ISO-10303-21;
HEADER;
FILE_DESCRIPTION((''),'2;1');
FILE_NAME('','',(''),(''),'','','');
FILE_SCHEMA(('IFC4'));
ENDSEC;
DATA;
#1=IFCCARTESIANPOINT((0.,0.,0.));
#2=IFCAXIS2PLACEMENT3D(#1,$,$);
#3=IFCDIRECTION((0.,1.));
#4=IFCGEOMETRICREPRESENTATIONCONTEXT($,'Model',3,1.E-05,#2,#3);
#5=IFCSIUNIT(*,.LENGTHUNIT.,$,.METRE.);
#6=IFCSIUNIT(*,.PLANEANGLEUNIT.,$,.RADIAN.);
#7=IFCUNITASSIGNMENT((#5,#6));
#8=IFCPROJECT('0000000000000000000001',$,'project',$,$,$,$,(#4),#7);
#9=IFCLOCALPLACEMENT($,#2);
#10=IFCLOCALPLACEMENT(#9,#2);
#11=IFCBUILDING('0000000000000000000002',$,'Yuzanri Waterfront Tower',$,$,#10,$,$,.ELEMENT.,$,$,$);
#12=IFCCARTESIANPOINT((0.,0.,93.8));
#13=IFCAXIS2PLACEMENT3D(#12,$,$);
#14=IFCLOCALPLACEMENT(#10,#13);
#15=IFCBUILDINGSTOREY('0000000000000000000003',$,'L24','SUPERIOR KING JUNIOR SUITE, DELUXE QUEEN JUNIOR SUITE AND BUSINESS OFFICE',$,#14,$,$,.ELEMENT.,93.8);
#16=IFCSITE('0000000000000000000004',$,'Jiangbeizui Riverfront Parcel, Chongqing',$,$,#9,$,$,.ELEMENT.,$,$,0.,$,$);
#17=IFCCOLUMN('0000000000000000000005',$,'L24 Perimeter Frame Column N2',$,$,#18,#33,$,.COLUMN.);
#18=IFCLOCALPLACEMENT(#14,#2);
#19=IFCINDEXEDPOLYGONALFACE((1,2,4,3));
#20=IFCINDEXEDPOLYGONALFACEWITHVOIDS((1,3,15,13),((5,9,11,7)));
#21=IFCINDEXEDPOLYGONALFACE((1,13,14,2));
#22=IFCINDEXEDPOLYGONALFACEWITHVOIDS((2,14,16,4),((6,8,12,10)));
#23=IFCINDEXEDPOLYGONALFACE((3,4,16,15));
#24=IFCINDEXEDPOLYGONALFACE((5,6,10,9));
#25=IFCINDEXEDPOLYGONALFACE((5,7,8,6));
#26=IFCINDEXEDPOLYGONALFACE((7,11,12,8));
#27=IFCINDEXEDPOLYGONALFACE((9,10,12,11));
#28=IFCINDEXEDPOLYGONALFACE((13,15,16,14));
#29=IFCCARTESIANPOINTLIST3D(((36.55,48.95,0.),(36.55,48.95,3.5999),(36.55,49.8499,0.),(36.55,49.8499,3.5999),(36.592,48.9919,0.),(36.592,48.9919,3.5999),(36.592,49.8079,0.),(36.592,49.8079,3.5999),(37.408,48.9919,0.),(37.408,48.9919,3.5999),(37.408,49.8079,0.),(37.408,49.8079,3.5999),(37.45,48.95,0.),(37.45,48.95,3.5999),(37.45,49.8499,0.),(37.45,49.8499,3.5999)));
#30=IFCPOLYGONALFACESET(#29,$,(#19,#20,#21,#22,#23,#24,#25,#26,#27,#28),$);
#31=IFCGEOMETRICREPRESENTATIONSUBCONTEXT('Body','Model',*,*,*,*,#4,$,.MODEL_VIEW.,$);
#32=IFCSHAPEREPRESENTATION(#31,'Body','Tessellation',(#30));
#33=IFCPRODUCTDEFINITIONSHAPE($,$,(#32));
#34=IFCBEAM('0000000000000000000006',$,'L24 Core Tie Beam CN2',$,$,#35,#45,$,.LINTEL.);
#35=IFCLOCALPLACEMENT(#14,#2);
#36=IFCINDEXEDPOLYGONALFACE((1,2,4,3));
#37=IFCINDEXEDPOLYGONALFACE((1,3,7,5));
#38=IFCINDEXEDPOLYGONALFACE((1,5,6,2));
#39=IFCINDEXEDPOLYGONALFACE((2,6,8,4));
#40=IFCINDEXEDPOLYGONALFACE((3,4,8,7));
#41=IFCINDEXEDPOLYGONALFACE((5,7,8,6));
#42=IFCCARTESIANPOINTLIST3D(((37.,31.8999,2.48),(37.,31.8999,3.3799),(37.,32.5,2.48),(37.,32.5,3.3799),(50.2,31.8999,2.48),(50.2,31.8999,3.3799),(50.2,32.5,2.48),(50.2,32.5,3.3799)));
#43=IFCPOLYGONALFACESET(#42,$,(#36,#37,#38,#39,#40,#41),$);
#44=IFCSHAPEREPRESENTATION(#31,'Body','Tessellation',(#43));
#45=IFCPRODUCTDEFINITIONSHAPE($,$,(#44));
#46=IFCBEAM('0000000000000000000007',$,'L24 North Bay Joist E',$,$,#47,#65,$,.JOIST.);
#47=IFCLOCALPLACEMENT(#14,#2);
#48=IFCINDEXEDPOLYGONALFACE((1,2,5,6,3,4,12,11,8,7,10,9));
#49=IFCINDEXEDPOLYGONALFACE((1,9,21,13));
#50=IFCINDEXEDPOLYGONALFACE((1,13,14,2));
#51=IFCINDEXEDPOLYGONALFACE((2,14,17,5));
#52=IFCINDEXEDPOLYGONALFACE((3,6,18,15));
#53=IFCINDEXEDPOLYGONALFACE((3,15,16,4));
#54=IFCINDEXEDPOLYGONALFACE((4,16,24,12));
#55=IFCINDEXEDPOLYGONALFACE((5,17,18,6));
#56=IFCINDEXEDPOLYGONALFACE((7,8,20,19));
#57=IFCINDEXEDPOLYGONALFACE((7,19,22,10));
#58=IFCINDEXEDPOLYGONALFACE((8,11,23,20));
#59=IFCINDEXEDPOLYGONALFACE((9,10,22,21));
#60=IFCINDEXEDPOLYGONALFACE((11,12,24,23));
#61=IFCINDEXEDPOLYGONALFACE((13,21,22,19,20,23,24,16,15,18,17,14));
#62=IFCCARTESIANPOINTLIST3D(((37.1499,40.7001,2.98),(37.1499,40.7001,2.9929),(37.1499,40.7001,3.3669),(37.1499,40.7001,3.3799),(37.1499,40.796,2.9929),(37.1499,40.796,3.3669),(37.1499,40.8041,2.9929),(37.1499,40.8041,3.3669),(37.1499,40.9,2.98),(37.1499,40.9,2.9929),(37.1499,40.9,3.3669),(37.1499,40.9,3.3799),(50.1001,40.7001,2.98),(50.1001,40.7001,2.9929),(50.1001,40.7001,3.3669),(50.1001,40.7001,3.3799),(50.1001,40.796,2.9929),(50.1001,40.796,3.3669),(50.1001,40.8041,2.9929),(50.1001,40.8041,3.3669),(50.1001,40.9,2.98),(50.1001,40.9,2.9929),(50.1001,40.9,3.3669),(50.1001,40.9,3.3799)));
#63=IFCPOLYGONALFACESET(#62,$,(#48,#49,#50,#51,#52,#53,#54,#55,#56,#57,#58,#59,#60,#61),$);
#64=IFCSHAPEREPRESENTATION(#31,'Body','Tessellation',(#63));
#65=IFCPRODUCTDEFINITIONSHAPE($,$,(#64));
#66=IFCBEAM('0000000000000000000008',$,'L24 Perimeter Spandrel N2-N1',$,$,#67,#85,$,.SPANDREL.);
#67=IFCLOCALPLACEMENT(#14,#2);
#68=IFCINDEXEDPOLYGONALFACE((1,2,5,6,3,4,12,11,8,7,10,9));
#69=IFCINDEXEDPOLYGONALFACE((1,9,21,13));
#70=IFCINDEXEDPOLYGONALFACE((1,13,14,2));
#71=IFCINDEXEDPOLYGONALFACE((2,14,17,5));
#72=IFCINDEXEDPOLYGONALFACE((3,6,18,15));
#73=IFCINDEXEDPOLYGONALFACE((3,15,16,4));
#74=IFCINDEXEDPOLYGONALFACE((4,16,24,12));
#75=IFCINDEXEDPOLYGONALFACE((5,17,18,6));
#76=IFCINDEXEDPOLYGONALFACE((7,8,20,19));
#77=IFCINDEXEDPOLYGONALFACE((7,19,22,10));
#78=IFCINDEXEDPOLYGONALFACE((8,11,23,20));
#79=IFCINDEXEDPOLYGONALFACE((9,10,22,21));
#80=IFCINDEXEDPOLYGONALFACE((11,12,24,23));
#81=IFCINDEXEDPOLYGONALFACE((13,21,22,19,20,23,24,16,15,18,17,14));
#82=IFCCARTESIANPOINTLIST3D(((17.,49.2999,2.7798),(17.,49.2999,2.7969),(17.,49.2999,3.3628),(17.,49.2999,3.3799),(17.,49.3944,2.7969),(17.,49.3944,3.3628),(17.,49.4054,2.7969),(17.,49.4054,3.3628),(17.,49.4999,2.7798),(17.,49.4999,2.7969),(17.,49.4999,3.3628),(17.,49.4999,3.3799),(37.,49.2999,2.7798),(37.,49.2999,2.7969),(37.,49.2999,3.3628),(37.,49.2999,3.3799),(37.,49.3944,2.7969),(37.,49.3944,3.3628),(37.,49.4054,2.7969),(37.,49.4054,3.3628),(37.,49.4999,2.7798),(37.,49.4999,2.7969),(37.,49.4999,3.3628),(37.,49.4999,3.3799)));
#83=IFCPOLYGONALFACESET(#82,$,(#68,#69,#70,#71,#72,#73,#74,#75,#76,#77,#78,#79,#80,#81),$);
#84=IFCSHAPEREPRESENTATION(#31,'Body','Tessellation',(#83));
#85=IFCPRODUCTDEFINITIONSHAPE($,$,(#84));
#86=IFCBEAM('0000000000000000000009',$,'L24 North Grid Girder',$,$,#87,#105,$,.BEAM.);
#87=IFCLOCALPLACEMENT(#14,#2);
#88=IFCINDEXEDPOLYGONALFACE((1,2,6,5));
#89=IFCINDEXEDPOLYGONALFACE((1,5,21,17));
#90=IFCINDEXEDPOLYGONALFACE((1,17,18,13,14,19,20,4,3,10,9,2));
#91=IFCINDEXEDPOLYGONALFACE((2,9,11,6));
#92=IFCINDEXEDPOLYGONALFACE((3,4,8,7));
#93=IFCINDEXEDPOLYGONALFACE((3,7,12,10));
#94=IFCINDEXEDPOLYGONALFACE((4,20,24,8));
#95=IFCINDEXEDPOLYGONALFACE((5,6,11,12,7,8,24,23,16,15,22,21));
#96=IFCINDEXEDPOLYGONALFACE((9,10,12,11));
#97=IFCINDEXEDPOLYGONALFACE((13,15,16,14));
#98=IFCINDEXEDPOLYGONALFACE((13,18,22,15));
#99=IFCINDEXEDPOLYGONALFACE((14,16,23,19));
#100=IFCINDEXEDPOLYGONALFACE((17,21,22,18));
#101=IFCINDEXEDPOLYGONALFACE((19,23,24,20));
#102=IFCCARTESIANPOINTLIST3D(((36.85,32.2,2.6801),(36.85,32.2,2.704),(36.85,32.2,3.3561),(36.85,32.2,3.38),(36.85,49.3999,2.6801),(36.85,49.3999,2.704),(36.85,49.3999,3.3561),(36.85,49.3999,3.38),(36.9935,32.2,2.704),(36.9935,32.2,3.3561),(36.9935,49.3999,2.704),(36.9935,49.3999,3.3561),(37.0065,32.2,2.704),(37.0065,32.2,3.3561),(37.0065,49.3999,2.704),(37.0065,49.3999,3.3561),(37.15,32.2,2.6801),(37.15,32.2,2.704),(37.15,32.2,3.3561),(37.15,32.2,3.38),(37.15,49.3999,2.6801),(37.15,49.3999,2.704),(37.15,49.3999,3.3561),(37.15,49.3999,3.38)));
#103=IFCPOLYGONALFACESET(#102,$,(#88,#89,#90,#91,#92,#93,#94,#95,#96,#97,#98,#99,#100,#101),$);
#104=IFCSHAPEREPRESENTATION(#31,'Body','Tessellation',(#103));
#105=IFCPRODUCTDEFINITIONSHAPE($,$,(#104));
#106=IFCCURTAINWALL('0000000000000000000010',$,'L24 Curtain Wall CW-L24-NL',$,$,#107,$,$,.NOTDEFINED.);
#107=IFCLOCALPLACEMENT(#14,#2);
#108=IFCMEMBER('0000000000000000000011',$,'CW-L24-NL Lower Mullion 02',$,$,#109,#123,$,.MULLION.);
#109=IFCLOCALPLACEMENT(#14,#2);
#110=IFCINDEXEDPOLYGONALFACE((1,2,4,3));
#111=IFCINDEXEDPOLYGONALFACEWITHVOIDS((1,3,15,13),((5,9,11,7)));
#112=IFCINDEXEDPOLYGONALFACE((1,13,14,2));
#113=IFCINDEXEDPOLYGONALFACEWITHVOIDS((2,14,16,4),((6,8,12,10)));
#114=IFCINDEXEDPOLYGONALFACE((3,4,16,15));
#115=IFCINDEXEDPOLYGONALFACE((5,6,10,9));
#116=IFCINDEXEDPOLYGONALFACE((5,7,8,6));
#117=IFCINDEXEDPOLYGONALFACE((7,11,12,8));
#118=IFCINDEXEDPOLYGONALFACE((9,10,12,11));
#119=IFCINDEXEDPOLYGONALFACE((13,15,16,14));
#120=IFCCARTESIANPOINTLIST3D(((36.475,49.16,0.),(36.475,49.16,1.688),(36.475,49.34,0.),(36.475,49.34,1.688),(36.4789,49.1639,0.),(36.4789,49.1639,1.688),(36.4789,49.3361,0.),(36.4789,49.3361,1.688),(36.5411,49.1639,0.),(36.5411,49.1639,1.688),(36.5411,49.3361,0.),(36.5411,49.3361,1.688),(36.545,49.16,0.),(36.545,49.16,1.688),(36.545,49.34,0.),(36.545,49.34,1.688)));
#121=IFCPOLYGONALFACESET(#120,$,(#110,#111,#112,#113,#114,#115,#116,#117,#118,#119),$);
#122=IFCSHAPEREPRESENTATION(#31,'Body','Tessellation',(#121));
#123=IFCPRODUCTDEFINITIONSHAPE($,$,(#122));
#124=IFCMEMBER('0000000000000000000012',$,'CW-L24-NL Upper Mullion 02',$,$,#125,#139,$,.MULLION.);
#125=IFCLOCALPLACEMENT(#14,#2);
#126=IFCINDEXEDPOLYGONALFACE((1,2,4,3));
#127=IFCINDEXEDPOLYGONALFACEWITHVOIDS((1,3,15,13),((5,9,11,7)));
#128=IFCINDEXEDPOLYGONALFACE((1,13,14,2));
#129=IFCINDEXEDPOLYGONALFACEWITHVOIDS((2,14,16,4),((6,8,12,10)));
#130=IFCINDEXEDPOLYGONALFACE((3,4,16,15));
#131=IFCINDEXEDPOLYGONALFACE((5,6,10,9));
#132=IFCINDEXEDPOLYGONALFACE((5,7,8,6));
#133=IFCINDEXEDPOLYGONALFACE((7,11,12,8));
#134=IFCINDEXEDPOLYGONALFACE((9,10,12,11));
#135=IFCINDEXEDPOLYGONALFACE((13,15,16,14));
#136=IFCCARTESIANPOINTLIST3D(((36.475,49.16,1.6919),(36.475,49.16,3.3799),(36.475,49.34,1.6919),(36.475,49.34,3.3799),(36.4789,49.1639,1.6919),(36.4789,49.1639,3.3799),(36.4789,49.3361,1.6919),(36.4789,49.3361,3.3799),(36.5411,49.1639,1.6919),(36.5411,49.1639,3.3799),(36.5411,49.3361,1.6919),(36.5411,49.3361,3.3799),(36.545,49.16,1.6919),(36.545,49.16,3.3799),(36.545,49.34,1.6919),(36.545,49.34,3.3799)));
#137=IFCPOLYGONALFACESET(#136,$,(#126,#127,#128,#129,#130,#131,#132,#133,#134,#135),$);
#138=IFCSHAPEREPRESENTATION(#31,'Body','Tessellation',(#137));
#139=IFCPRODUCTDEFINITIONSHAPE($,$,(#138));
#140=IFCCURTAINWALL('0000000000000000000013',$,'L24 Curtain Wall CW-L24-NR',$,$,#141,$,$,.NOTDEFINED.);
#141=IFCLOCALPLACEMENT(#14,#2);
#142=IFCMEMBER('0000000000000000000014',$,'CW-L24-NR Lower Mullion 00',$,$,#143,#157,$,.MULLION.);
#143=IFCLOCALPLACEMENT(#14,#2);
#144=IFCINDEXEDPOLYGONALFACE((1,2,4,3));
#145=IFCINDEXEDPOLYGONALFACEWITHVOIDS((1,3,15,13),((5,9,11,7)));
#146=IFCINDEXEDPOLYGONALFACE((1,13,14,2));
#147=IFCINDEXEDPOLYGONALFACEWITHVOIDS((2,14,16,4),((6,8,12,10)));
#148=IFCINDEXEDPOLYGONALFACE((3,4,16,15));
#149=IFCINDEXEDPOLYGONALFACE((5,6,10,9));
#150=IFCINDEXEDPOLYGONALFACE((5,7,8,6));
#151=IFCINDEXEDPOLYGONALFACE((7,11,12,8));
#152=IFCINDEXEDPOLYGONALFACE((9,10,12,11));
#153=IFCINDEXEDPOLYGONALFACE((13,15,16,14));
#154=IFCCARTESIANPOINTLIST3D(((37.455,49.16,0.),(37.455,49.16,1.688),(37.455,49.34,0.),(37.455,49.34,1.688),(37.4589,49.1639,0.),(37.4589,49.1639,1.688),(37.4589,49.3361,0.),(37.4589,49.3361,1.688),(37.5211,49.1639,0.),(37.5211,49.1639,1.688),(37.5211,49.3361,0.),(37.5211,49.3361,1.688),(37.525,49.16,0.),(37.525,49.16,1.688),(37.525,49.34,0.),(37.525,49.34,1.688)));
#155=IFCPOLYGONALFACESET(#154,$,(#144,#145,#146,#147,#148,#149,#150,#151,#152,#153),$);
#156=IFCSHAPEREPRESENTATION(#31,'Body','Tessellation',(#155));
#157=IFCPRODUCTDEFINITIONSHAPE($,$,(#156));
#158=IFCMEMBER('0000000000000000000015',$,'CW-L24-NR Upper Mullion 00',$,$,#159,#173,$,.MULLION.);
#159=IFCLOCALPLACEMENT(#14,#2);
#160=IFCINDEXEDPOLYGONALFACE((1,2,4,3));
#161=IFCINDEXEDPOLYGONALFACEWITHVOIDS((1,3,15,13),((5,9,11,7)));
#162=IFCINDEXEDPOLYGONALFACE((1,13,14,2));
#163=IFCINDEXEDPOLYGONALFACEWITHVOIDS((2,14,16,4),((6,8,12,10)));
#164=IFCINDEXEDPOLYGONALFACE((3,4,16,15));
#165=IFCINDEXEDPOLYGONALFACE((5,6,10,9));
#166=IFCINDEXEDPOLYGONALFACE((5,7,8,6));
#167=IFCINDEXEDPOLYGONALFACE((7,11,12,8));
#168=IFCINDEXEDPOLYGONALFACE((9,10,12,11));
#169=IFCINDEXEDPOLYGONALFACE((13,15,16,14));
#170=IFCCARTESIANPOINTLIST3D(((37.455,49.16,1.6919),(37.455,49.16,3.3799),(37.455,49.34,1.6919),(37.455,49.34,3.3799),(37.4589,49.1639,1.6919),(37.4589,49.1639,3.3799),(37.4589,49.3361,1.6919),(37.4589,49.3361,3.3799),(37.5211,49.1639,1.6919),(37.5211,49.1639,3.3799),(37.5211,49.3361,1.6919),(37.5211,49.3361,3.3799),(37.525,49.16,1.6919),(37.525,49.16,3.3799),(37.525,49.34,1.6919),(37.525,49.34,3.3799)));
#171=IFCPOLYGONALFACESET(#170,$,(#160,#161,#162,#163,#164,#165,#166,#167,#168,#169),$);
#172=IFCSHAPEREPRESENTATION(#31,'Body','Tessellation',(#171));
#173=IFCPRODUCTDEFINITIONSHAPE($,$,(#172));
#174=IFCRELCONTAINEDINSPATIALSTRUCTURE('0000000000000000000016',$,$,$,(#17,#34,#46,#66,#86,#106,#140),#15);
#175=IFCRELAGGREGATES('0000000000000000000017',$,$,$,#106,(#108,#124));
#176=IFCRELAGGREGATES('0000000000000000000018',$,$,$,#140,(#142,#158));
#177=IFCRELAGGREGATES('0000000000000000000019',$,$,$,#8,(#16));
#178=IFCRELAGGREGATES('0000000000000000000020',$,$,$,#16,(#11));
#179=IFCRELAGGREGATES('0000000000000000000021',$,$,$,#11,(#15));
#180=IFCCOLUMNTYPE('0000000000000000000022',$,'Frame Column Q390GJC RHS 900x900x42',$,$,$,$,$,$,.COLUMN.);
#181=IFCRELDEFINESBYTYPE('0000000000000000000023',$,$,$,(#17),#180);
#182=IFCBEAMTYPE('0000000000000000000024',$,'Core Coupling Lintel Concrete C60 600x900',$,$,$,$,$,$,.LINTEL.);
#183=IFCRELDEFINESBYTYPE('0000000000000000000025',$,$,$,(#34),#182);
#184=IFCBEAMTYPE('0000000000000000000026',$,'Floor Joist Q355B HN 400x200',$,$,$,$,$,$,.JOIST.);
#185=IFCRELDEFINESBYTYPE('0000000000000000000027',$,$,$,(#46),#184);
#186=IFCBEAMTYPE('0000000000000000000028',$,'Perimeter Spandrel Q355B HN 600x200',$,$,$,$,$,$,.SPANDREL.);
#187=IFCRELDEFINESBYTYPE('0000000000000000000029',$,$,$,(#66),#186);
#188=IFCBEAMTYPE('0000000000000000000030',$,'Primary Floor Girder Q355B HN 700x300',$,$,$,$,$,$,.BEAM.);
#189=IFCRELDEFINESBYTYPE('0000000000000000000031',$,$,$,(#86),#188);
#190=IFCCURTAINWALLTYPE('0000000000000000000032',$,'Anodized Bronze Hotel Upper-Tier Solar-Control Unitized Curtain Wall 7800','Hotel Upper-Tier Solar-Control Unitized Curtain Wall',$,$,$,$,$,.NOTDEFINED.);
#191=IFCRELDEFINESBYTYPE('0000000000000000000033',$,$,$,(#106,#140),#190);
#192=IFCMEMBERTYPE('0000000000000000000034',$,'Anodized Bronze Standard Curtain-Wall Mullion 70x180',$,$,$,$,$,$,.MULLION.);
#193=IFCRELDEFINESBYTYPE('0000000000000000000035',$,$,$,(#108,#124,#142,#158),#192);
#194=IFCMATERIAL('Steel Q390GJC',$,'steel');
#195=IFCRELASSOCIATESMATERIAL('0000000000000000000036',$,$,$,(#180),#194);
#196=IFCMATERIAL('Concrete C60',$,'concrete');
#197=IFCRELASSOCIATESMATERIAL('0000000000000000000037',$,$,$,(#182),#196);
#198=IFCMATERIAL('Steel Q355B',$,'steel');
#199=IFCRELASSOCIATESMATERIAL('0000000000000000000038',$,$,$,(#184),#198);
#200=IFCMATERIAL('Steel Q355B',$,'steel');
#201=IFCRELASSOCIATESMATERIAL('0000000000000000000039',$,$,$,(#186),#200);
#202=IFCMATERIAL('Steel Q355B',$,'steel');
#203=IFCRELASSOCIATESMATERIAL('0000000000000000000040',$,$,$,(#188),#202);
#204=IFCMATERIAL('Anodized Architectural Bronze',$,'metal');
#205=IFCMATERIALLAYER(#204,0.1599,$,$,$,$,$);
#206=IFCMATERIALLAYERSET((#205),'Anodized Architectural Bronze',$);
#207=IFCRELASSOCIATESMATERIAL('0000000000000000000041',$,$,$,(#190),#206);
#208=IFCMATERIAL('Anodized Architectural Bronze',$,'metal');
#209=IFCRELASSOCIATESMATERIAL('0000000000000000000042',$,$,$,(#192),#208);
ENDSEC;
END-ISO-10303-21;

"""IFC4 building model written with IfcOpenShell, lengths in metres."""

from ifc_helpers import new_model, si_unit, direction, frame, origin, origin_2d, place, context, subcontext, project, spatial, rectangle, hollow_rectangle, i_section, extrude, source, transform, mapped, material, layer, layer_set, material_profile, profile_set, type_object, element, aggregate, save


model = new_model("IFC4")

# Units and contexts
model_context = context("Model", 3, precision=1e-05, world=origin(), true_north=direction((0.0, 1.0)))
body_context = subcontext(model_context, "Body", "Model", "MODEL_VIEW")
ifc_project = project(units=[si_unit("LENGTHUNIT", "METRE"), si_unit("PLANEANGLEUNIT", "RADIAN")], contexts=[model_context])

# Site, building, storey
site_placement = place(None, origin())
site = spatial("IfcSite", under=ifc_project, at=site_placement, Name="Jiangbeizui Riverfront Parcel, Chongqing", CompositionType="ELEMENT", RefElevation=0.0)
building_placement = place(site_placement, origin())
building = spatial("IfcBuilding", under=site, at=building_placement, Name="Yuzanri Waterfront Tower", CompositionType="ELEMENT")
storey_placement = place(building_placement, frame((0.0, 0.0, 93.8)))
storey = spatial("IfcBuildingStorey", under=building, at=storey_placement, Name="L24", Description="SUPERIOR KING JUNIOR SUITE, DELUXE QUEEN JUNIOR SUITE AND BUSINESS OFFICE", CompositionType="ELEMENT", Elevation=93.8)

# Column
ifc_material_1 = material(Name="Steel Q390GJC", Category="steel")
ifc_material_profile_1 = material_profile(ifc_material_1, hollow_rectangle(XDim=0.8999, YDim=0.8999, WallThickness=0.042, at=origin_2d()), Name="RHS 900x900x42")
ifc_profile_set_1 = profile_set([ifc_material_profile_1], Name="Steel Q390GJC")
column_type = type_object("IfcColumnType", Name="Frame Column Q390GJC RHS 900x900x42", PredefinedType="COLUMN", material=ifc_profile_set_1)
shared_shape_1 = source(origin(), body_context, "Body", "SweptSolid", [
    extrude(hollow_rectangle(XDim=0.8999, YDim=0.8999, WallThickness=0.042, at=origin_2d()), origin(), (0.0, 0.0, 1.0), 3.5999),
])
column_placement = place(storey_placement, frame((37.0, 49.3999, 0.0), z_axis=(0.0, 0.0, 1.0), x_axis=(1.0, 0.0, 0.0)))
element("IfcColumn", 1, at=column_placement, inside=storey, type_object=column_type, Name="L24 Perimeter Frame Column N2", PredefinedType="COLUMN", context=body_context, shape_type="MappedRepresentation", body=[
    mapped(shared_shape_1, transform((0.0, 0.0, 0.0), scale=1.0)),
])

# Beams
ifc_material_2 = material(Name="Concrete C60", Category="concrete")
ifc_material_profile_2 = material_profile(ifc_material_2, rectangle(XDim=0.6001, YDim=0.8999, at=origin_2d()), Name="RC 600x900")
ifc_profile_set_2 = profile_set([ifc_material_profile_2], Name="Concrete C60")
beam_type_1 = type_object("IfcBeamType", Name="Core Coupling Lintel Concrete C60 600x900", PredefinedType="LINTEL", material=ifc_profile_set_2)
shared_shape_2 = source(origin(), body_context, "Body", "SweptSolid", [
    extrude(rectangle(XDim=0.6001, YDim=0.8999, at=origin_2d()), origin(), (0.0, 0.0, 1.0), 13.2),
])
beam_1_placement = place(storey_placement, frame((37.0, 32.2, 2.9299), z_axis=(1.0, 0.0, 0.0), x_axis=(0.0, 1.0, 0.0)))
element("IfcBeam", 2, at=beam_1_placement, inside=storey, type_object=beam_type_1, Name="L24 Core Tie Beam CN2", PredefinedType="LINTEL", context=body_context, shape_type="MappedRepresentation", body=[
    mapped(shared_shape_2, transform((0.0, 0.0, 0.0), scale=1.0)),
])
ifc_material_3 = material(Name="Steel Q355B", Category="steel")
ifc_material_profile_3 = material_profile(ifc_material_3, i_section(OverallWidth=0.2, OverallDepth=0.3999, WebThickness=0.0081, FlangeThickness=0.0129, at=origin_2d()), Name="HN 400x200x8x13")
ifc_profile_set_3 = profile_set([ifc_material_profile_3], Name="Steel Q355B")
beam_type_2 = type_object("IfcBeamType", Name="Floor Joist Q355B HN 400x200", PredefinedType="JOIST", material=ifc_profile_set_3)
shared_shape_3 = source(origin(), body_context, "Body", "SweptSolid", [
    extrude(i_section(OverallWidth=0.2, OverallDepth=0.3999, WebThickness=0.0081, FlangeThickness=0.0129, at=origin_2d()), origin(), (0.0, 0.0, 1.0), 12.9502),
])
beam_2_placement = place(storey_placement, frame((37.1499, 40.8, 3.1799), z_axis=(1.0, 0.0, 0.0), x_axis=(0.0, 1.0, 0.0)))
element("IfcBeam", 3, at=beam_2_placement, inside=storey, type_object=beam_type_2, Name="L24 North Bay Joist E", PredefinedType="JOIST", context=body_context, shape_type="MappedRepresentation", body=[
    mapped(shared_shape_3, transform((0.0, 0.0, 0.0), scale=1.0)),
])
ifc_material_4 = material(Name="Steel Q355B", Category="steel")
ifc_material_profile_4 = material_profile(ifc_material_4, i_section(OverallWidth=0.2, OverallDepth=0.6001, WebThickness=0.011, FlangeThickness=0.0171, at=origin_2d()), Name="HN 600x200x11x17")
ifc_profile_set_4 = profile_set([ifc_material_profile_4], Name="Steel Q355B")
beam_type_3 = type_object("IfcBeamType", Name="Perimeter Spandrel Q355B HN 600x200", PredefinedType="SPANDREL", material=ifc_profile_set_4)
shared_shape_4 = source(origin(), body_context, "Body", "SweptSolid", [
    extrude(i_section(OverallWidth=0.2, OverallDepth=0.6001, WebThickness=0.011, FlangeThickness=0.0171, at=origin_2d()), origin(), (0.0, 0.0, 1.0), 20.0),
])
beam_3_placement = place(storey_placement, frame((37.0, 49.3999, 3.0798), z_axis=(-1.0, 0.0, 0.0), x_axis=(0.0, -1.0, 0.0)))
element("IfcBeam", 4, at=beam_3_placement, inside=storey, type_object=beam_type_3, Name="L24 Perimeter Spandrel N2-N1", PredefinedType="SPANDREL", context=body_context, shape_type="MappedRepresentation", body=[
    mapped(shared_shape_4, transform((0.0, 0.0, 0.0), scale=1.0)),
])
ifc_material_5 = material(Name="Steel Q355B", Category="steel")
ifc_material_profile_5 = material_profile(ifc_material_5, i_section(OverallWidth=0.3, OverallDepth=0.7, WebThickness=0.0129, FlangeThickness=0.0239, at=origin_2d()), Name="HN 700x300x13x24")
ifc_profile_set_5 = profile_set([ifc_material_profile_5], Name="Steel Q355B")
beam_type_4 = type_object("IfcBeamType", Name="Primary Floor Girder Q355B HN 700x300", PredefinedType="BEAM", material=ifc_profile_set_5)
shared_shape_5 = source(origin(), body_context, "Body", "SweptSolid", [
    extrude(i_section(OverallWidth=0.3, OverallDepth=0.7, WebThickness=0.0129, FlangeThickness=0.0239, at=origin_2d()), origin(), (0.0, 0.0, 1.0), 17.2),
])
beam_4_placement = place(storey_placement, frame((37.0, 32.2, 3.03), z_axis=(0.0, 1.0, 0.0), x_axis=(-1.0, 0.0, 0.0)))
element("IfcBeam", 5, at=beam_4_placement, inside=storey, type_object=beam_type_4, Name="L24 North Grid Girder", PredefinedType="BEAM", context=body_context, shape_type="MappedRepresentation", body=[
    mapped(shared_shape_5, transform((0.0, 0.0, 0.0), scale=1.0)),
])

# Curtain wall, members
ifc_material_6 = material(Name="Anodized Architectural Bronze", Category="metal")
ifc_layer_1 = layer(ifc_material_6, 0.1599)
ifc_layer_set_1 = layer_set([ifc_layer_1], Name="Anodized Architectural Bronze")
curtain_wall_type = type_object("IfcCurtainWallType", Name="Anodized Bronze Hotel Upper-Tier Solar-Control Unitized Curtain Wall 7800", Description="Hotel Upper-Tier Solar-Control Unitized Curtain Wall", PredefinedType="NOTDEFINED", material=ifc_layer_set_1)
curtain_wall_1_placement = place(storey_placement, origin())
curtain_wall_1 = element("IfcCurtainWall", 6, at=curtain_wall_1_placement, inside=storey, type_object=curtain_wall_type, Name="L24 Curtain Wall CW-L24-NL", PredefinedType="NOTDEFINED")
ifc_material_7 = material(Name="Anodized Architectural Bronze", Category="metal")
ifc_material_profile_6 = material_profile(ifc_material_7, hollow_rectangle(XDim=0.0701, YDim=0.1799, WallThickness=0.0039, at=origin_2d()), Name="CWM 70x180")
ifc_profile_set_6 = profile_set([ifc_material_profile_6], Name="Anodized Architectural Bronze")
member_type_1 = type_object("IfcMemberType", Name="Anodized Bronze Standard Curtain-Wall Mullion 70x180", PredefinedType="MULLION", material=ifc_profile_set_6)
shared_shape_6 = source(origin(), body_context, "Body", "SweptSolid", [
    extrude(hollow_rectangle(XDim=0.0701, YDim=0.1799, WallThickness=0.0039, at=origin_2d()), origin(), (0.0, 0.0, 1.0), 1.688),
])
member_1_placement = place(storey_placement, frame((36.51, 49.25, 0.0), z_axis=(0.0, 0.0, 1.0), x_axis=(1.0, 0.0, 0.0)))
member_1 = element("IfcMember", 7, at=member_1_placement, type_object=member_type_1, Name="CW-L24-NL Lower Mullion 02", PredefinedType="MULLION", context=body_context, shape_type="MappedRepresentation", body=[
    mapped(shared_shape_6, transform((0.0, 0.0, 0.0), scale=1.0)),
])
member_2_placement = place(storey_placement, frame((36.51, 49.25, 1.6919), z_axis=(0.0, 0.0, 1.0), x_axis=(1.0, 0.0, 0.0)))
member_2 = element("IfcMember", 8, at=member_2_placement, type_object=member_type_1, Name="CW-L24-NL Upper Mullion 02", PredefinedType="MULLION", context=body_context, shape_type="MappedRepresentation", body=[
    mapped(shared_shape_6, transform((0.0, 0.0, 0.0), scale=1.0)),
])
aggregate(curtain_wall_1, [member_1, member_2])

# Curtain wall, members
curtain_wall_2_placement = place(storey_placement, origin())
curtain_wall_2 = element("IfcCurtainWall", 9, at=curtain_wall_2_placement, inside=storey, type_object=curtain_wall_type, Name="L24 Curtain Wall CW-L24-NR", PredefinedType="NOTDEFINED")
member_3_placement = place(storey_placement, frame((37.49, 49.25, 0.0), z_axis=(0.0, 0.0, 1.0), x_axis=(1.0, 0.0, 0.0)))
member_3 = element("IfcMember", 10, at=member_3_placement, type_object=member_type_1, Name="CW-L24-NR Lower Mullion 00", PredefinedType="MULLION", context=body_context, shape_type="MappedRepresentation", body=[
    mapped(shared_shape_6, transform((0.0, 0.0, 0.0), scale=1.0)),
])
member_4_placement = place(storey_placement, frame((37.49, 49.25, 1.6919), z_axis=(0.0, 0.0, 1.0), x_axis=(1.0, 0.0, 0.0)))
member_4 = element("IfcMember", 11, at=member_4_placement, type_object=member_type_1, Name="CW-L24-NR Upper Mullion 00", PredefinedType="MULLION", context=body_context, shape_type="MappedRepresentation", body=[
    mapped(shared_shape_6, transform((0.0, 0.0, 0.0), scale=1.0)),
])
aggregate(curtain_wall_2, [member_3, member_4])

save(model, "model.ifc")
